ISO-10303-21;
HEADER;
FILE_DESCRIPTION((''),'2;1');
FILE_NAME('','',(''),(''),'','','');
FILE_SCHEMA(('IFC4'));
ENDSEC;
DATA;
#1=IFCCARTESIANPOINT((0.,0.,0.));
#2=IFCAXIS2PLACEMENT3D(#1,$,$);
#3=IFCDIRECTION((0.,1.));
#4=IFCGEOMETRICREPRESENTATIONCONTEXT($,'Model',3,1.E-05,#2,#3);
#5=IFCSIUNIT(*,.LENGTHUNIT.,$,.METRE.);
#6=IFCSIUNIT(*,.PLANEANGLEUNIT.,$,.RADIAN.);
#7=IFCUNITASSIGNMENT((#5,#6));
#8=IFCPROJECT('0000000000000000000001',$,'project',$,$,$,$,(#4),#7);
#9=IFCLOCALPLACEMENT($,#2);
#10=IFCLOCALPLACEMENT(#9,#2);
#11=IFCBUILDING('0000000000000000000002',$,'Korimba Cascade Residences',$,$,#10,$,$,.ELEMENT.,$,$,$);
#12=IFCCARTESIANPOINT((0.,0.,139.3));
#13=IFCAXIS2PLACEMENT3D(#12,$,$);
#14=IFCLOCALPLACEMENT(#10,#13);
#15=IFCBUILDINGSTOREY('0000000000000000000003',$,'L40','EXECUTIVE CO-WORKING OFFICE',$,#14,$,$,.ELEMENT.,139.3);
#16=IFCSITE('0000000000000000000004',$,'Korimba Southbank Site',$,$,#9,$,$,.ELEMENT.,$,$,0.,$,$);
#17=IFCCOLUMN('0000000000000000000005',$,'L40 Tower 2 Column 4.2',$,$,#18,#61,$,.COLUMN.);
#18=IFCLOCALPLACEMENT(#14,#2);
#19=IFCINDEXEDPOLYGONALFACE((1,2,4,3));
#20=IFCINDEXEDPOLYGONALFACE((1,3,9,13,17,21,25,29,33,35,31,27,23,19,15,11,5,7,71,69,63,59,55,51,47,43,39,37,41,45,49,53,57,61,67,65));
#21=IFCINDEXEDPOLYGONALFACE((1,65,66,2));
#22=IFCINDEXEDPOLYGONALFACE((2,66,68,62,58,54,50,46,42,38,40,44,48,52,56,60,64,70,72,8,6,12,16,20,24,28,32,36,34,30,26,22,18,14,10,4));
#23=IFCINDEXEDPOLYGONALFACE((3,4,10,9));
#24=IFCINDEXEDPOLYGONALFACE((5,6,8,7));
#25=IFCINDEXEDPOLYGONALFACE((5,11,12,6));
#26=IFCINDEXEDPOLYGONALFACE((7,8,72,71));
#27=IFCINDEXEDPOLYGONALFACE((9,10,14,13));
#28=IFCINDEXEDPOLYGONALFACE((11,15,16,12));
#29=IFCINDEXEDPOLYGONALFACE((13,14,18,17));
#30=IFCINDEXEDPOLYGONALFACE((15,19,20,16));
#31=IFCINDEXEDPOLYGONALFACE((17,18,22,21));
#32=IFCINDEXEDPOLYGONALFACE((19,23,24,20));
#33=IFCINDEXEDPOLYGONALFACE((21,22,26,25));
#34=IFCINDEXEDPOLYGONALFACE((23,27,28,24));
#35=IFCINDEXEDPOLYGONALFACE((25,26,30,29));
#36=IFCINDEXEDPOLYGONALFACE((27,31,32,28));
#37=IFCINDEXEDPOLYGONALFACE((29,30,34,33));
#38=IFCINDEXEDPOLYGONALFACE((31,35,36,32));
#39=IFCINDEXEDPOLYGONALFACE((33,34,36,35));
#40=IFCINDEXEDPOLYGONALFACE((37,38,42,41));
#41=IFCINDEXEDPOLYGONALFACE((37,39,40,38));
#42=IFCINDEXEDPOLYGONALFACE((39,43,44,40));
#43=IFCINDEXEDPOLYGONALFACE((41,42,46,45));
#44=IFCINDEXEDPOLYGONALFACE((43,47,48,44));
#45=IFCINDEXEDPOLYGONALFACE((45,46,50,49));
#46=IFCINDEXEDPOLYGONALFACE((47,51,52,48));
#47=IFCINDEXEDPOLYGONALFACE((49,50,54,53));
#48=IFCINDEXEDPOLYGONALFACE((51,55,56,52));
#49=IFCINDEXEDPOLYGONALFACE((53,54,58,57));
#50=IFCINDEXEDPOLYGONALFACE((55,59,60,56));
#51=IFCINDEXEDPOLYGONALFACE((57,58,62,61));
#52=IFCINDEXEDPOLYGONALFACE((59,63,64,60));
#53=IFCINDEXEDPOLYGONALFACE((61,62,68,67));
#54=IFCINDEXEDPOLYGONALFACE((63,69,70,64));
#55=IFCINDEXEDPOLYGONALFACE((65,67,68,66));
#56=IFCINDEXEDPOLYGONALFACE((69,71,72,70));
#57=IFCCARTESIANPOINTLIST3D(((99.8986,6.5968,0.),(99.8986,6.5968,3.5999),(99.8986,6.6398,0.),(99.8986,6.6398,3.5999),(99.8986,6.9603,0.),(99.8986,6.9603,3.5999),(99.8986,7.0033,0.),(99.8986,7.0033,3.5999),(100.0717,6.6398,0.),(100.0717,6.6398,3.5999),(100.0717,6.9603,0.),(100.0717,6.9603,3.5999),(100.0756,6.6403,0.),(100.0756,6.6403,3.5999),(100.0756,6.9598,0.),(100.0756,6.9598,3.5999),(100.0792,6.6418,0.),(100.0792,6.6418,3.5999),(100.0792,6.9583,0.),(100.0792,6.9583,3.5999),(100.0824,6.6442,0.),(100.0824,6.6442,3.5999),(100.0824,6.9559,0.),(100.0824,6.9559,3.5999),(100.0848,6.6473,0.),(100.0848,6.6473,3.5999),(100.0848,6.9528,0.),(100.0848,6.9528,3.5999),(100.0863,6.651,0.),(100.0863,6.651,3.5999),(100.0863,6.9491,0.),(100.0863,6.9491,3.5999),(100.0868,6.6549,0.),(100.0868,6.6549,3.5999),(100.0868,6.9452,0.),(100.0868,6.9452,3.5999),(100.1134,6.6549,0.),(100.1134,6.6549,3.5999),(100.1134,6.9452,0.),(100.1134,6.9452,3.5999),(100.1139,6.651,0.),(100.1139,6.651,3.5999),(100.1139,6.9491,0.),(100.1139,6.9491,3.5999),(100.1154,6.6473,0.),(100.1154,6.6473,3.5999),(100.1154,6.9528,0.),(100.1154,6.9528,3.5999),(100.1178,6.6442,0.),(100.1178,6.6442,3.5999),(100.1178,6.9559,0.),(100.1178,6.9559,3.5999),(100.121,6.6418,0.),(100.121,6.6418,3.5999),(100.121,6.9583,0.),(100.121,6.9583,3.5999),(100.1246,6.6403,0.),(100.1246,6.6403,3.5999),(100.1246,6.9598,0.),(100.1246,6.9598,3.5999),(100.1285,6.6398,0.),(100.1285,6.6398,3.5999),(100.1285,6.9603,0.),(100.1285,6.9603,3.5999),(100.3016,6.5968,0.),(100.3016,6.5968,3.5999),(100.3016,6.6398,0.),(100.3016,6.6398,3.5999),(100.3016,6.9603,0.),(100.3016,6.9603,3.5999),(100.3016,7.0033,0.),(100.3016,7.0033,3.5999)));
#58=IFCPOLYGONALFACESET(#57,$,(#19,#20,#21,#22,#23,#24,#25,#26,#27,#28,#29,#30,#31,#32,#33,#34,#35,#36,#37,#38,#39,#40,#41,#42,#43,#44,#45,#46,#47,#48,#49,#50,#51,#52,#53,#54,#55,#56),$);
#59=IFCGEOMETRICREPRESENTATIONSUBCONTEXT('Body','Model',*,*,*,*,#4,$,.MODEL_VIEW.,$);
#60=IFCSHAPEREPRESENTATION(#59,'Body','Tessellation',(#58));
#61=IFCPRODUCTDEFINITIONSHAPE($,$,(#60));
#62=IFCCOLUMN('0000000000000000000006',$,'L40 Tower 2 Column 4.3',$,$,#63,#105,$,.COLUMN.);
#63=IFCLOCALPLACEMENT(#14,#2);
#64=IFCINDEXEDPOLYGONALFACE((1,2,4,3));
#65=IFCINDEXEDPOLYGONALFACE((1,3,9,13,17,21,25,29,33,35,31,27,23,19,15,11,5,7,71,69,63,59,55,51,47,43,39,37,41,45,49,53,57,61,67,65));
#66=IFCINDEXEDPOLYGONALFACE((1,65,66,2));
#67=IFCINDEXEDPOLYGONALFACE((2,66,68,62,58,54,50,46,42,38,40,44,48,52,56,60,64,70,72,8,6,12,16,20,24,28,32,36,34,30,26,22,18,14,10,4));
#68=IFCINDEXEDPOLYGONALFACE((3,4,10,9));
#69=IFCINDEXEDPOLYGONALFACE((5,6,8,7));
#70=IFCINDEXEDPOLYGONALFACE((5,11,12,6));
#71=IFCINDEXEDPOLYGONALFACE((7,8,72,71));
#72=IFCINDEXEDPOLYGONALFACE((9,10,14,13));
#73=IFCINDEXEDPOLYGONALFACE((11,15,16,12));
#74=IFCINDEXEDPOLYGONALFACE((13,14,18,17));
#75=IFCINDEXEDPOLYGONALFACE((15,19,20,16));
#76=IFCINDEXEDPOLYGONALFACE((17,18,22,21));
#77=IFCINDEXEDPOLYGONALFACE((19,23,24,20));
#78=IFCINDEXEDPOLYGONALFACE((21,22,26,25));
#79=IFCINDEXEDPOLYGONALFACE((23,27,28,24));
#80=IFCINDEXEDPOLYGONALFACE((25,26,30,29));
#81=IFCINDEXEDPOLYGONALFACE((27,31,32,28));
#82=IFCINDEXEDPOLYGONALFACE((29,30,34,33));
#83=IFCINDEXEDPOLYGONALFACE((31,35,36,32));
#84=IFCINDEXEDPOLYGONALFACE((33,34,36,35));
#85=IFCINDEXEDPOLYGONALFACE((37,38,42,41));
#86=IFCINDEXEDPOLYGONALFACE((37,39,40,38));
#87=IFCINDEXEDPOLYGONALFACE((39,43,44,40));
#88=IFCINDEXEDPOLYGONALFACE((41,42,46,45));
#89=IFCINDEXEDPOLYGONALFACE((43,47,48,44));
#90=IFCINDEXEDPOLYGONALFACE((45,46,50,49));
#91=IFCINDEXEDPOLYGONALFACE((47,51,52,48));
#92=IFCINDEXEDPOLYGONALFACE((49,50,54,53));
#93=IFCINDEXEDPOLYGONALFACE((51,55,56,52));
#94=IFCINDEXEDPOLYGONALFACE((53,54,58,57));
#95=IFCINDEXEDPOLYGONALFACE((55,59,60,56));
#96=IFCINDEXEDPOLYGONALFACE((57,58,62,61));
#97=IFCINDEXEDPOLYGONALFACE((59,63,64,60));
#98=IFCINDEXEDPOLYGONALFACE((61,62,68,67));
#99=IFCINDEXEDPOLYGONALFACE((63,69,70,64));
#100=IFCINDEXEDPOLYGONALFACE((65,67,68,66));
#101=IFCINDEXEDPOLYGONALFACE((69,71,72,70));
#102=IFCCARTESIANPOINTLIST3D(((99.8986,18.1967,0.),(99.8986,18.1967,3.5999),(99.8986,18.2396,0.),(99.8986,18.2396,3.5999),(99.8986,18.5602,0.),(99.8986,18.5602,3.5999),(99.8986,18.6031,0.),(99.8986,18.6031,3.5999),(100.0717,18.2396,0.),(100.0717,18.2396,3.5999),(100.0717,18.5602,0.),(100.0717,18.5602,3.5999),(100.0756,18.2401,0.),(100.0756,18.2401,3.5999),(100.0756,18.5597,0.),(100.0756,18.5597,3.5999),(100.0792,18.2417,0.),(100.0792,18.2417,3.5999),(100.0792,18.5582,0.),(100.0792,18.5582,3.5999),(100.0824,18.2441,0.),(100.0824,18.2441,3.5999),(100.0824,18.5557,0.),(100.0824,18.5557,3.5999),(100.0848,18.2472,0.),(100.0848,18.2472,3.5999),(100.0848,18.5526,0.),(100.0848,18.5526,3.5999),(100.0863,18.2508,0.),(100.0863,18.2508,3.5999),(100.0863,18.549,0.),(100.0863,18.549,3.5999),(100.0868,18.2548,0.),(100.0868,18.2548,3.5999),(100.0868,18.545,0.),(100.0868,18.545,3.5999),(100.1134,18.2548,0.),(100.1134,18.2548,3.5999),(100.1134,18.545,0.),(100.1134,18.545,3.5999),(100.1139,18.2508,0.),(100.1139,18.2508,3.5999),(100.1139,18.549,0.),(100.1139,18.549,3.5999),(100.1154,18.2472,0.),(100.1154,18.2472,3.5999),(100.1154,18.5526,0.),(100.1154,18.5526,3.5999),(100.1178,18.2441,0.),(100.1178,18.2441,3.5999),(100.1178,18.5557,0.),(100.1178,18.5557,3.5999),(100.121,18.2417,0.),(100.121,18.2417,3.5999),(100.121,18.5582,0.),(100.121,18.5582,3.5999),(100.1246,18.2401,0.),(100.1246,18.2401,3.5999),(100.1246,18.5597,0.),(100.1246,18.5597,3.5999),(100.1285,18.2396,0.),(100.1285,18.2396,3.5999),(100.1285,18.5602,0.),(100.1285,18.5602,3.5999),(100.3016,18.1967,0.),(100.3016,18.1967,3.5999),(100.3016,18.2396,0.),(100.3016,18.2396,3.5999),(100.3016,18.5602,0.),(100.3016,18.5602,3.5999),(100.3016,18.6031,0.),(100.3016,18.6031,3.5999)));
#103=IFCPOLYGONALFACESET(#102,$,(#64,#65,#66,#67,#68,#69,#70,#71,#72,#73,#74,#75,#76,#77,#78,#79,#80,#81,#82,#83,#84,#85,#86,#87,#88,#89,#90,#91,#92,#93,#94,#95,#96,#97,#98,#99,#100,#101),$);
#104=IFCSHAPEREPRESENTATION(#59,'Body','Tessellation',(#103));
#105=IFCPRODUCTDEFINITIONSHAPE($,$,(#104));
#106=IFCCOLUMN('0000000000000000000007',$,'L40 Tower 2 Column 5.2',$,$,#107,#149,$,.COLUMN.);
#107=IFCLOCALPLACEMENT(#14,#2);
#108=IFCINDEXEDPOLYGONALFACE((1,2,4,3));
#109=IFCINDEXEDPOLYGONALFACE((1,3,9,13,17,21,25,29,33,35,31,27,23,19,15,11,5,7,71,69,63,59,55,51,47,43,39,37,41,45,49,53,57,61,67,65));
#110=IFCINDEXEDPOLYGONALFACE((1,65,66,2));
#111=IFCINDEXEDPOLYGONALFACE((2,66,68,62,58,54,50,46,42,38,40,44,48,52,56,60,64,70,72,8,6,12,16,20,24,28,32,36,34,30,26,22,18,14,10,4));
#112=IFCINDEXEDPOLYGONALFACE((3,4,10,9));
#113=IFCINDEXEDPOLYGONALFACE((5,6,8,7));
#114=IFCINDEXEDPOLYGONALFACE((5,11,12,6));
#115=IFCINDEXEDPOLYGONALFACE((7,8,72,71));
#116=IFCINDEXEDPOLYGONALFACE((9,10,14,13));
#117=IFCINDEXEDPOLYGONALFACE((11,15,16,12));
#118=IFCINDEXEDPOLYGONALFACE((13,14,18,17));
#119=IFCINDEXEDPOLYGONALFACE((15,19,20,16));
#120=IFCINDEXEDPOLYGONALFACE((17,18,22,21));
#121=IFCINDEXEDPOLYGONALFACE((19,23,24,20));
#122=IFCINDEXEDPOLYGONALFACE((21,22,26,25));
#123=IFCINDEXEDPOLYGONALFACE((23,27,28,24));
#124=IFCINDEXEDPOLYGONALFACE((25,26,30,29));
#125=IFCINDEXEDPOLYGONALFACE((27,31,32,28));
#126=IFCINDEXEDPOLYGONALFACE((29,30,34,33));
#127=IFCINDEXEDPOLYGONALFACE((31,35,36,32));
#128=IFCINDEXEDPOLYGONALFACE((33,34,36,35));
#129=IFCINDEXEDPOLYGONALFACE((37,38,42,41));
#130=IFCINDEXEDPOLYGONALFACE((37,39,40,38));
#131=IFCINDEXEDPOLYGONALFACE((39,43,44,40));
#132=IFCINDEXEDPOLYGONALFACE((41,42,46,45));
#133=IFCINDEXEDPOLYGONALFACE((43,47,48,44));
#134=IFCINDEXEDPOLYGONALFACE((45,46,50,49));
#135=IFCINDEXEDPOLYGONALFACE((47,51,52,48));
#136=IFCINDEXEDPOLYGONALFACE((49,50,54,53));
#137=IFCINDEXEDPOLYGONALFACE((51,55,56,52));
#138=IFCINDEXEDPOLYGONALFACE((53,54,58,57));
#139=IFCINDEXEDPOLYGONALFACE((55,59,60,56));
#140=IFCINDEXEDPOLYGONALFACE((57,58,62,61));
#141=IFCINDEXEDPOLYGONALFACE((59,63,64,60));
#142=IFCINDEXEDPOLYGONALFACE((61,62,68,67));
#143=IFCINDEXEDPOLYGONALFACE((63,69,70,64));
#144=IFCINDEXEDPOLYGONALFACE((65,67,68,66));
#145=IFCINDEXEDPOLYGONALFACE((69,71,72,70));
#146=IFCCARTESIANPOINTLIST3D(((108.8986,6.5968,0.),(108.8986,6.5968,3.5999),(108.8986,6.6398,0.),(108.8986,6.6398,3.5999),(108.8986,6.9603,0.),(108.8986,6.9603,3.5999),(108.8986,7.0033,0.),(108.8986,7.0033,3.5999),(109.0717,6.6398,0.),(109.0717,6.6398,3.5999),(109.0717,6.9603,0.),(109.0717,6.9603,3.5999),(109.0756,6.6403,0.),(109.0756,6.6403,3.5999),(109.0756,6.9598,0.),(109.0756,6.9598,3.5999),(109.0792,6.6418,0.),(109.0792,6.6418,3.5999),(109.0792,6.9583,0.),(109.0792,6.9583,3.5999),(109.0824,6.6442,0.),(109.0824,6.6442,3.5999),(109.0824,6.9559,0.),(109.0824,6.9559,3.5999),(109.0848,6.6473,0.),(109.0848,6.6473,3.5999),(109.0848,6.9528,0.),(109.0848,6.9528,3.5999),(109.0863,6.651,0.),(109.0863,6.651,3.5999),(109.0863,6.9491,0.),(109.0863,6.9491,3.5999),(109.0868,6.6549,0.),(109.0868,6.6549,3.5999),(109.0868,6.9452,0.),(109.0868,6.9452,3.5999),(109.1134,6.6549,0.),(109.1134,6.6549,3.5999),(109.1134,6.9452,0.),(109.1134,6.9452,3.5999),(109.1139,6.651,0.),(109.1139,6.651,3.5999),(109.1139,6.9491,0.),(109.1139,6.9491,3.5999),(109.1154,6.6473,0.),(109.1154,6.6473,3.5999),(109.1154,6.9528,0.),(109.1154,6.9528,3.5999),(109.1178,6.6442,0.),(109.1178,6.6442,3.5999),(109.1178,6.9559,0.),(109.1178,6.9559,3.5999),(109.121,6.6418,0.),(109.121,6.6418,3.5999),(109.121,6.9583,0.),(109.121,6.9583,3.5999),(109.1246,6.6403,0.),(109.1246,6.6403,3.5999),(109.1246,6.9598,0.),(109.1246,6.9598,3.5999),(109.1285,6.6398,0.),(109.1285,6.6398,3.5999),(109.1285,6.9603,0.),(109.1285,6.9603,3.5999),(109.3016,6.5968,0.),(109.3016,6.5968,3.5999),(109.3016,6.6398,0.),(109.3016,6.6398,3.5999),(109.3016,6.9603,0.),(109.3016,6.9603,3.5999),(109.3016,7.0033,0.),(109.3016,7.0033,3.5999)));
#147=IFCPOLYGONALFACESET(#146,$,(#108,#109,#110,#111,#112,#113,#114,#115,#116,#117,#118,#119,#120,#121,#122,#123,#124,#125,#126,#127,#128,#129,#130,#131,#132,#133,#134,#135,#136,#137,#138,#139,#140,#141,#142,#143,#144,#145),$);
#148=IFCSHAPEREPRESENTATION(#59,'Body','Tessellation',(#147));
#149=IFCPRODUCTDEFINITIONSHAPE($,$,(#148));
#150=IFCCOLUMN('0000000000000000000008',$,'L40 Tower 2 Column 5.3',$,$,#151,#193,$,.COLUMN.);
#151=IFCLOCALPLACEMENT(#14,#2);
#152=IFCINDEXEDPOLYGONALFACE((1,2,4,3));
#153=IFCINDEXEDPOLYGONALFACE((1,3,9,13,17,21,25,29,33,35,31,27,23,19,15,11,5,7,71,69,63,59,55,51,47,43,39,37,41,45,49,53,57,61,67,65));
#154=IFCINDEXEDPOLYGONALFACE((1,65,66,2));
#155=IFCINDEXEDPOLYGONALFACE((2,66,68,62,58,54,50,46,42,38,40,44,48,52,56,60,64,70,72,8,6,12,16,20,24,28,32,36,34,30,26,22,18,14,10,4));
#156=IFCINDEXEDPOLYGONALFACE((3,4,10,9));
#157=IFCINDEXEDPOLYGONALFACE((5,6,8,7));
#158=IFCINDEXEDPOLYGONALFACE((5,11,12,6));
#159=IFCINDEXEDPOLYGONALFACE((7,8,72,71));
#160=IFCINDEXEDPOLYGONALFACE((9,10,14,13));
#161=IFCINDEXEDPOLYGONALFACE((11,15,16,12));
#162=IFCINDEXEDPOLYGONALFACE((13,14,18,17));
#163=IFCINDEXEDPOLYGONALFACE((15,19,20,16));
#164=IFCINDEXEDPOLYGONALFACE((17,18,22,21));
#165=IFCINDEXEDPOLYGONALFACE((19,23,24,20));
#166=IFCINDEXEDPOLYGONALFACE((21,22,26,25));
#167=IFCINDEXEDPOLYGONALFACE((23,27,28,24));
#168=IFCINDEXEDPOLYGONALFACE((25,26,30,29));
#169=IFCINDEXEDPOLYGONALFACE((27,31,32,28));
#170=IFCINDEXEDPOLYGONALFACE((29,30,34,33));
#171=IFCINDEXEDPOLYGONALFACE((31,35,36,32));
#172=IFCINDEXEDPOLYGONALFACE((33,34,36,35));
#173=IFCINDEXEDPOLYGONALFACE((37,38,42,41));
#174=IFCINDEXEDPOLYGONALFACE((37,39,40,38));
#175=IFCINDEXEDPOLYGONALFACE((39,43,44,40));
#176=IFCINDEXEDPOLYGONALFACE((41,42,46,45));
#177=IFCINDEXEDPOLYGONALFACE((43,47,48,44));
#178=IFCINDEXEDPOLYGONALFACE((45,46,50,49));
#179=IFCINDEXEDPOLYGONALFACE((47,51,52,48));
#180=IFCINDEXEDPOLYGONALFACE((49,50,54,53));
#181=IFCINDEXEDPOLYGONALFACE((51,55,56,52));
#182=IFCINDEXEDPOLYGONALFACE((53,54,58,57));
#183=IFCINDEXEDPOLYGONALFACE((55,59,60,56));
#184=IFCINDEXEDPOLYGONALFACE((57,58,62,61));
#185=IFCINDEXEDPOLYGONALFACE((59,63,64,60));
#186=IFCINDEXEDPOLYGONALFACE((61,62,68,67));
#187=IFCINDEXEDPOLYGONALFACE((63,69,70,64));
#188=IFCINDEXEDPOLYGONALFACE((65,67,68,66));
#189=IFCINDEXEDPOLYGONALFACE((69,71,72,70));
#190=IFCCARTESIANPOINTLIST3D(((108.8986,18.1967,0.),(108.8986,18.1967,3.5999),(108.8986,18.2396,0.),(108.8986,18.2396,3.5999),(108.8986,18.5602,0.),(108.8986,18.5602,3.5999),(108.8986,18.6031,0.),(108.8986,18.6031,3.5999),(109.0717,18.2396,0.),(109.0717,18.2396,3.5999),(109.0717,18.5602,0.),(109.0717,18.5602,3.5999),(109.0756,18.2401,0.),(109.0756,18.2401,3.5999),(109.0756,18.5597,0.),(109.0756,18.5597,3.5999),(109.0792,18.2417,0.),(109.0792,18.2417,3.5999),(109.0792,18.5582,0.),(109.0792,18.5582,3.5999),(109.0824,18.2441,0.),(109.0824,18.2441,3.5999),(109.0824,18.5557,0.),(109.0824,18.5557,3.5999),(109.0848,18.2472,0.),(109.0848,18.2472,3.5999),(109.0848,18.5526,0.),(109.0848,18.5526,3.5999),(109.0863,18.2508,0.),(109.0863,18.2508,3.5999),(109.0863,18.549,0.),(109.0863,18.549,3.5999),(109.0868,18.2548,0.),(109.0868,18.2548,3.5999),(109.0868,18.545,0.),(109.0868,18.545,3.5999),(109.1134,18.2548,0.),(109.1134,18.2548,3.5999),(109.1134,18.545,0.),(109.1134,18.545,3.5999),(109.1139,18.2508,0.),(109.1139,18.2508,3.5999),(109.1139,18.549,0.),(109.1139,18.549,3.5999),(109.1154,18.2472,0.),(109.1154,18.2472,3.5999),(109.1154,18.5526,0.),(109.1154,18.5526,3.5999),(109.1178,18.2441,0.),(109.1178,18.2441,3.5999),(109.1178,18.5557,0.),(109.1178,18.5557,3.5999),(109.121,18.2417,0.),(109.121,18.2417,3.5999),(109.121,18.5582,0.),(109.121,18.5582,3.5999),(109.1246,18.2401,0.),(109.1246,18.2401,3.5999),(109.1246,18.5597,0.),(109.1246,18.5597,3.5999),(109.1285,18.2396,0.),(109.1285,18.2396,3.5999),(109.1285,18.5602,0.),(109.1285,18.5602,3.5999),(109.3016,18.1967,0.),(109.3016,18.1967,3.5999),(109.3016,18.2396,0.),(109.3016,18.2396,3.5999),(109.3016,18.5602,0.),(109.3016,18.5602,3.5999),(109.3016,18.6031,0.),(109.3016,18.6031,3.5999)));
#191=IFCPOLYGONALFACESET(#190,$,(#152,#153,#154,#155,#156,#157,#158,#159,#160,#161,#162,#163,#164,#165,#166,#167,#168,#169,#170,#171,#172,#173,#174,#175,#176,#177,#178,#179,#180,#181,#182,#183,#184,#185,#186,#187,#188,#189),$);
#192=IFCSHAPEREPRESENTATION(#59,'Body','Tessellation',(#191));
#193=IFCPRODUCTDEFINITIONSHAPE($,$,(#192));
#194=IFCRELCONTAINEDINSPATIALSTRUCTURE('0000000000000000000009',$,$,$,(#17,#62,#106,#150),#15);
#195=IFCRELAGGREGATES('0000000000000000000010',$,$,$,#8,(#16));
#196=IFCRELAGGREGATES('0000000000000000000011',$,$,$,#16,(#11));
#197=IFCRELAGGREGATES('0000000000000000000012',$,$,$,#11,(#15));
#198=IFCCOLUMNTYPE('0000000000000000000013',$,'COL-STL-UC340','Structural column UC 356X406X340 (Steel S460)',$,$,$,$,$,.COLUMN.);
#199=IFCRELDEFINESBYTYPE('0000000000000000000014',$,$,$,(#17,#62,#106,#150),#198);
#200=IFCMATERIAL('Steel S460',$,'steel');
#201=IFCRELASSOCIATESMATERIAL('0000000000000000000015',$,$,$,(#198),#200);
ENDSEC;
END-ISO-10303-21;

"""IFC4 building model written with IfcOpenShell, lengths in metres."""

from ifc_helpers import new_model, si_unit, direction, frame, origin, origin_2d, place, context, subcontext, project, spatial, i_section, extrude, material, material_profile, profile_set, type_object, element, save


model = new_model("IFC4")

# Units and contexts
model_context = context("Model", 3, precision=1e-05, world=origin(), true_north=direction((0.0, 1.0)))
body_context = subcontext(model_context, "Body", "Model", "MODEL_VIEW")
ifc_project = project(units=[si_unit("LENGTHUNIT", "METRE"), si_unit("PLANEANGLEUNIT", "RADIAN")], contexts=[model_context])

# Site, building, storey
site_placement = place(None, origin())
site = spatial("IfcSite", under=ifc_project, at=site_placement, Name="Korimba Southbank Site", CompositionType="ELEMENT", RefElevation=0.0)
building_placement = place(site_placement, origin())
building = spatial("IfcBuilding", under=site, at=building_placement, Name="Korimba Cascade Residences", CompositionType="ELEMENT")
storey_placement = place(building_placement, frame((0.0, 0.0, 139.3)))
storey = spatial("IfcBuildingStorey", under=building, at=storey_placement, Name="L40", Description="EXECUTIVE CO-WORKING OFFICE", CompositionType="ELEMENT", Elevation=139.3)

# Columns
ifc_material_1 = material(Name="Steel S460", Category="steel")
ifc_material_profile_1 = material_profile(ifc_material_1, i_section(OverallWidth=0.4031, OverallDepth=0.4065, WebThickness=0.0266, FlangeThickness=0.043, FilletRadius=0.0151, at=origin_2d()), Name="Steel S460")
ifc_profile_set_1 = profile_set([ifc_material_profile_1], Name="Steel S460")
column_type = type_object("IfcColumnType", Name="COL-STL-UC340", Description="Structural column UC 356X406X340 (Steel S460)", PredefinedType="COLUMN", material=ifc_profile_set_1)
for number, where, z_axis, x_axis, name in (
    (1, (100.1001, 6.8, 0.0), (0.0, 0.0, 1.0), (1.0, 0.0, 0.0), "L40 Tower 2 Column 4.2"),
    (2, (100.1001, 18.3999, 0.0), (0.0, 0.0, 1.0), (1.0, 0.0, 0.0), "L40 Tower 2 Column 4.3"),
    (3, (109.1001, 6.8, 0.0), (0.0, 0.0, 1.0), (1.0, 0.0, 0.0), "L40 Tower 2 Column 5.2"),
    (4, (109.1001, 18.3999, 0.0), (0.0, 0.0, 1.0), (1.0, 0.0, 0.0), "L40 Tower 2 Column 5.3"),
):
    element("IfcColumn", number, at=place(storey_placement, frame(where, z_axis=z_axis, x_axis=x_axis)), inside=storey, type_object=column_type, Name=name, PredefinedType="COLUMN", context=body_context, shape_type="SweptSolid", body=[
        extrude(i_section(OverallWidth=0.4031, OverallDepth=0.4065, WebThickness=0.0266, FlangeThickness=0.043, FilletRadius=0.0151, at=origin_2d()), origin(), (0.0, 0.0, 1.0), 3.5999),
    ])

save(model, "model.ifc")
